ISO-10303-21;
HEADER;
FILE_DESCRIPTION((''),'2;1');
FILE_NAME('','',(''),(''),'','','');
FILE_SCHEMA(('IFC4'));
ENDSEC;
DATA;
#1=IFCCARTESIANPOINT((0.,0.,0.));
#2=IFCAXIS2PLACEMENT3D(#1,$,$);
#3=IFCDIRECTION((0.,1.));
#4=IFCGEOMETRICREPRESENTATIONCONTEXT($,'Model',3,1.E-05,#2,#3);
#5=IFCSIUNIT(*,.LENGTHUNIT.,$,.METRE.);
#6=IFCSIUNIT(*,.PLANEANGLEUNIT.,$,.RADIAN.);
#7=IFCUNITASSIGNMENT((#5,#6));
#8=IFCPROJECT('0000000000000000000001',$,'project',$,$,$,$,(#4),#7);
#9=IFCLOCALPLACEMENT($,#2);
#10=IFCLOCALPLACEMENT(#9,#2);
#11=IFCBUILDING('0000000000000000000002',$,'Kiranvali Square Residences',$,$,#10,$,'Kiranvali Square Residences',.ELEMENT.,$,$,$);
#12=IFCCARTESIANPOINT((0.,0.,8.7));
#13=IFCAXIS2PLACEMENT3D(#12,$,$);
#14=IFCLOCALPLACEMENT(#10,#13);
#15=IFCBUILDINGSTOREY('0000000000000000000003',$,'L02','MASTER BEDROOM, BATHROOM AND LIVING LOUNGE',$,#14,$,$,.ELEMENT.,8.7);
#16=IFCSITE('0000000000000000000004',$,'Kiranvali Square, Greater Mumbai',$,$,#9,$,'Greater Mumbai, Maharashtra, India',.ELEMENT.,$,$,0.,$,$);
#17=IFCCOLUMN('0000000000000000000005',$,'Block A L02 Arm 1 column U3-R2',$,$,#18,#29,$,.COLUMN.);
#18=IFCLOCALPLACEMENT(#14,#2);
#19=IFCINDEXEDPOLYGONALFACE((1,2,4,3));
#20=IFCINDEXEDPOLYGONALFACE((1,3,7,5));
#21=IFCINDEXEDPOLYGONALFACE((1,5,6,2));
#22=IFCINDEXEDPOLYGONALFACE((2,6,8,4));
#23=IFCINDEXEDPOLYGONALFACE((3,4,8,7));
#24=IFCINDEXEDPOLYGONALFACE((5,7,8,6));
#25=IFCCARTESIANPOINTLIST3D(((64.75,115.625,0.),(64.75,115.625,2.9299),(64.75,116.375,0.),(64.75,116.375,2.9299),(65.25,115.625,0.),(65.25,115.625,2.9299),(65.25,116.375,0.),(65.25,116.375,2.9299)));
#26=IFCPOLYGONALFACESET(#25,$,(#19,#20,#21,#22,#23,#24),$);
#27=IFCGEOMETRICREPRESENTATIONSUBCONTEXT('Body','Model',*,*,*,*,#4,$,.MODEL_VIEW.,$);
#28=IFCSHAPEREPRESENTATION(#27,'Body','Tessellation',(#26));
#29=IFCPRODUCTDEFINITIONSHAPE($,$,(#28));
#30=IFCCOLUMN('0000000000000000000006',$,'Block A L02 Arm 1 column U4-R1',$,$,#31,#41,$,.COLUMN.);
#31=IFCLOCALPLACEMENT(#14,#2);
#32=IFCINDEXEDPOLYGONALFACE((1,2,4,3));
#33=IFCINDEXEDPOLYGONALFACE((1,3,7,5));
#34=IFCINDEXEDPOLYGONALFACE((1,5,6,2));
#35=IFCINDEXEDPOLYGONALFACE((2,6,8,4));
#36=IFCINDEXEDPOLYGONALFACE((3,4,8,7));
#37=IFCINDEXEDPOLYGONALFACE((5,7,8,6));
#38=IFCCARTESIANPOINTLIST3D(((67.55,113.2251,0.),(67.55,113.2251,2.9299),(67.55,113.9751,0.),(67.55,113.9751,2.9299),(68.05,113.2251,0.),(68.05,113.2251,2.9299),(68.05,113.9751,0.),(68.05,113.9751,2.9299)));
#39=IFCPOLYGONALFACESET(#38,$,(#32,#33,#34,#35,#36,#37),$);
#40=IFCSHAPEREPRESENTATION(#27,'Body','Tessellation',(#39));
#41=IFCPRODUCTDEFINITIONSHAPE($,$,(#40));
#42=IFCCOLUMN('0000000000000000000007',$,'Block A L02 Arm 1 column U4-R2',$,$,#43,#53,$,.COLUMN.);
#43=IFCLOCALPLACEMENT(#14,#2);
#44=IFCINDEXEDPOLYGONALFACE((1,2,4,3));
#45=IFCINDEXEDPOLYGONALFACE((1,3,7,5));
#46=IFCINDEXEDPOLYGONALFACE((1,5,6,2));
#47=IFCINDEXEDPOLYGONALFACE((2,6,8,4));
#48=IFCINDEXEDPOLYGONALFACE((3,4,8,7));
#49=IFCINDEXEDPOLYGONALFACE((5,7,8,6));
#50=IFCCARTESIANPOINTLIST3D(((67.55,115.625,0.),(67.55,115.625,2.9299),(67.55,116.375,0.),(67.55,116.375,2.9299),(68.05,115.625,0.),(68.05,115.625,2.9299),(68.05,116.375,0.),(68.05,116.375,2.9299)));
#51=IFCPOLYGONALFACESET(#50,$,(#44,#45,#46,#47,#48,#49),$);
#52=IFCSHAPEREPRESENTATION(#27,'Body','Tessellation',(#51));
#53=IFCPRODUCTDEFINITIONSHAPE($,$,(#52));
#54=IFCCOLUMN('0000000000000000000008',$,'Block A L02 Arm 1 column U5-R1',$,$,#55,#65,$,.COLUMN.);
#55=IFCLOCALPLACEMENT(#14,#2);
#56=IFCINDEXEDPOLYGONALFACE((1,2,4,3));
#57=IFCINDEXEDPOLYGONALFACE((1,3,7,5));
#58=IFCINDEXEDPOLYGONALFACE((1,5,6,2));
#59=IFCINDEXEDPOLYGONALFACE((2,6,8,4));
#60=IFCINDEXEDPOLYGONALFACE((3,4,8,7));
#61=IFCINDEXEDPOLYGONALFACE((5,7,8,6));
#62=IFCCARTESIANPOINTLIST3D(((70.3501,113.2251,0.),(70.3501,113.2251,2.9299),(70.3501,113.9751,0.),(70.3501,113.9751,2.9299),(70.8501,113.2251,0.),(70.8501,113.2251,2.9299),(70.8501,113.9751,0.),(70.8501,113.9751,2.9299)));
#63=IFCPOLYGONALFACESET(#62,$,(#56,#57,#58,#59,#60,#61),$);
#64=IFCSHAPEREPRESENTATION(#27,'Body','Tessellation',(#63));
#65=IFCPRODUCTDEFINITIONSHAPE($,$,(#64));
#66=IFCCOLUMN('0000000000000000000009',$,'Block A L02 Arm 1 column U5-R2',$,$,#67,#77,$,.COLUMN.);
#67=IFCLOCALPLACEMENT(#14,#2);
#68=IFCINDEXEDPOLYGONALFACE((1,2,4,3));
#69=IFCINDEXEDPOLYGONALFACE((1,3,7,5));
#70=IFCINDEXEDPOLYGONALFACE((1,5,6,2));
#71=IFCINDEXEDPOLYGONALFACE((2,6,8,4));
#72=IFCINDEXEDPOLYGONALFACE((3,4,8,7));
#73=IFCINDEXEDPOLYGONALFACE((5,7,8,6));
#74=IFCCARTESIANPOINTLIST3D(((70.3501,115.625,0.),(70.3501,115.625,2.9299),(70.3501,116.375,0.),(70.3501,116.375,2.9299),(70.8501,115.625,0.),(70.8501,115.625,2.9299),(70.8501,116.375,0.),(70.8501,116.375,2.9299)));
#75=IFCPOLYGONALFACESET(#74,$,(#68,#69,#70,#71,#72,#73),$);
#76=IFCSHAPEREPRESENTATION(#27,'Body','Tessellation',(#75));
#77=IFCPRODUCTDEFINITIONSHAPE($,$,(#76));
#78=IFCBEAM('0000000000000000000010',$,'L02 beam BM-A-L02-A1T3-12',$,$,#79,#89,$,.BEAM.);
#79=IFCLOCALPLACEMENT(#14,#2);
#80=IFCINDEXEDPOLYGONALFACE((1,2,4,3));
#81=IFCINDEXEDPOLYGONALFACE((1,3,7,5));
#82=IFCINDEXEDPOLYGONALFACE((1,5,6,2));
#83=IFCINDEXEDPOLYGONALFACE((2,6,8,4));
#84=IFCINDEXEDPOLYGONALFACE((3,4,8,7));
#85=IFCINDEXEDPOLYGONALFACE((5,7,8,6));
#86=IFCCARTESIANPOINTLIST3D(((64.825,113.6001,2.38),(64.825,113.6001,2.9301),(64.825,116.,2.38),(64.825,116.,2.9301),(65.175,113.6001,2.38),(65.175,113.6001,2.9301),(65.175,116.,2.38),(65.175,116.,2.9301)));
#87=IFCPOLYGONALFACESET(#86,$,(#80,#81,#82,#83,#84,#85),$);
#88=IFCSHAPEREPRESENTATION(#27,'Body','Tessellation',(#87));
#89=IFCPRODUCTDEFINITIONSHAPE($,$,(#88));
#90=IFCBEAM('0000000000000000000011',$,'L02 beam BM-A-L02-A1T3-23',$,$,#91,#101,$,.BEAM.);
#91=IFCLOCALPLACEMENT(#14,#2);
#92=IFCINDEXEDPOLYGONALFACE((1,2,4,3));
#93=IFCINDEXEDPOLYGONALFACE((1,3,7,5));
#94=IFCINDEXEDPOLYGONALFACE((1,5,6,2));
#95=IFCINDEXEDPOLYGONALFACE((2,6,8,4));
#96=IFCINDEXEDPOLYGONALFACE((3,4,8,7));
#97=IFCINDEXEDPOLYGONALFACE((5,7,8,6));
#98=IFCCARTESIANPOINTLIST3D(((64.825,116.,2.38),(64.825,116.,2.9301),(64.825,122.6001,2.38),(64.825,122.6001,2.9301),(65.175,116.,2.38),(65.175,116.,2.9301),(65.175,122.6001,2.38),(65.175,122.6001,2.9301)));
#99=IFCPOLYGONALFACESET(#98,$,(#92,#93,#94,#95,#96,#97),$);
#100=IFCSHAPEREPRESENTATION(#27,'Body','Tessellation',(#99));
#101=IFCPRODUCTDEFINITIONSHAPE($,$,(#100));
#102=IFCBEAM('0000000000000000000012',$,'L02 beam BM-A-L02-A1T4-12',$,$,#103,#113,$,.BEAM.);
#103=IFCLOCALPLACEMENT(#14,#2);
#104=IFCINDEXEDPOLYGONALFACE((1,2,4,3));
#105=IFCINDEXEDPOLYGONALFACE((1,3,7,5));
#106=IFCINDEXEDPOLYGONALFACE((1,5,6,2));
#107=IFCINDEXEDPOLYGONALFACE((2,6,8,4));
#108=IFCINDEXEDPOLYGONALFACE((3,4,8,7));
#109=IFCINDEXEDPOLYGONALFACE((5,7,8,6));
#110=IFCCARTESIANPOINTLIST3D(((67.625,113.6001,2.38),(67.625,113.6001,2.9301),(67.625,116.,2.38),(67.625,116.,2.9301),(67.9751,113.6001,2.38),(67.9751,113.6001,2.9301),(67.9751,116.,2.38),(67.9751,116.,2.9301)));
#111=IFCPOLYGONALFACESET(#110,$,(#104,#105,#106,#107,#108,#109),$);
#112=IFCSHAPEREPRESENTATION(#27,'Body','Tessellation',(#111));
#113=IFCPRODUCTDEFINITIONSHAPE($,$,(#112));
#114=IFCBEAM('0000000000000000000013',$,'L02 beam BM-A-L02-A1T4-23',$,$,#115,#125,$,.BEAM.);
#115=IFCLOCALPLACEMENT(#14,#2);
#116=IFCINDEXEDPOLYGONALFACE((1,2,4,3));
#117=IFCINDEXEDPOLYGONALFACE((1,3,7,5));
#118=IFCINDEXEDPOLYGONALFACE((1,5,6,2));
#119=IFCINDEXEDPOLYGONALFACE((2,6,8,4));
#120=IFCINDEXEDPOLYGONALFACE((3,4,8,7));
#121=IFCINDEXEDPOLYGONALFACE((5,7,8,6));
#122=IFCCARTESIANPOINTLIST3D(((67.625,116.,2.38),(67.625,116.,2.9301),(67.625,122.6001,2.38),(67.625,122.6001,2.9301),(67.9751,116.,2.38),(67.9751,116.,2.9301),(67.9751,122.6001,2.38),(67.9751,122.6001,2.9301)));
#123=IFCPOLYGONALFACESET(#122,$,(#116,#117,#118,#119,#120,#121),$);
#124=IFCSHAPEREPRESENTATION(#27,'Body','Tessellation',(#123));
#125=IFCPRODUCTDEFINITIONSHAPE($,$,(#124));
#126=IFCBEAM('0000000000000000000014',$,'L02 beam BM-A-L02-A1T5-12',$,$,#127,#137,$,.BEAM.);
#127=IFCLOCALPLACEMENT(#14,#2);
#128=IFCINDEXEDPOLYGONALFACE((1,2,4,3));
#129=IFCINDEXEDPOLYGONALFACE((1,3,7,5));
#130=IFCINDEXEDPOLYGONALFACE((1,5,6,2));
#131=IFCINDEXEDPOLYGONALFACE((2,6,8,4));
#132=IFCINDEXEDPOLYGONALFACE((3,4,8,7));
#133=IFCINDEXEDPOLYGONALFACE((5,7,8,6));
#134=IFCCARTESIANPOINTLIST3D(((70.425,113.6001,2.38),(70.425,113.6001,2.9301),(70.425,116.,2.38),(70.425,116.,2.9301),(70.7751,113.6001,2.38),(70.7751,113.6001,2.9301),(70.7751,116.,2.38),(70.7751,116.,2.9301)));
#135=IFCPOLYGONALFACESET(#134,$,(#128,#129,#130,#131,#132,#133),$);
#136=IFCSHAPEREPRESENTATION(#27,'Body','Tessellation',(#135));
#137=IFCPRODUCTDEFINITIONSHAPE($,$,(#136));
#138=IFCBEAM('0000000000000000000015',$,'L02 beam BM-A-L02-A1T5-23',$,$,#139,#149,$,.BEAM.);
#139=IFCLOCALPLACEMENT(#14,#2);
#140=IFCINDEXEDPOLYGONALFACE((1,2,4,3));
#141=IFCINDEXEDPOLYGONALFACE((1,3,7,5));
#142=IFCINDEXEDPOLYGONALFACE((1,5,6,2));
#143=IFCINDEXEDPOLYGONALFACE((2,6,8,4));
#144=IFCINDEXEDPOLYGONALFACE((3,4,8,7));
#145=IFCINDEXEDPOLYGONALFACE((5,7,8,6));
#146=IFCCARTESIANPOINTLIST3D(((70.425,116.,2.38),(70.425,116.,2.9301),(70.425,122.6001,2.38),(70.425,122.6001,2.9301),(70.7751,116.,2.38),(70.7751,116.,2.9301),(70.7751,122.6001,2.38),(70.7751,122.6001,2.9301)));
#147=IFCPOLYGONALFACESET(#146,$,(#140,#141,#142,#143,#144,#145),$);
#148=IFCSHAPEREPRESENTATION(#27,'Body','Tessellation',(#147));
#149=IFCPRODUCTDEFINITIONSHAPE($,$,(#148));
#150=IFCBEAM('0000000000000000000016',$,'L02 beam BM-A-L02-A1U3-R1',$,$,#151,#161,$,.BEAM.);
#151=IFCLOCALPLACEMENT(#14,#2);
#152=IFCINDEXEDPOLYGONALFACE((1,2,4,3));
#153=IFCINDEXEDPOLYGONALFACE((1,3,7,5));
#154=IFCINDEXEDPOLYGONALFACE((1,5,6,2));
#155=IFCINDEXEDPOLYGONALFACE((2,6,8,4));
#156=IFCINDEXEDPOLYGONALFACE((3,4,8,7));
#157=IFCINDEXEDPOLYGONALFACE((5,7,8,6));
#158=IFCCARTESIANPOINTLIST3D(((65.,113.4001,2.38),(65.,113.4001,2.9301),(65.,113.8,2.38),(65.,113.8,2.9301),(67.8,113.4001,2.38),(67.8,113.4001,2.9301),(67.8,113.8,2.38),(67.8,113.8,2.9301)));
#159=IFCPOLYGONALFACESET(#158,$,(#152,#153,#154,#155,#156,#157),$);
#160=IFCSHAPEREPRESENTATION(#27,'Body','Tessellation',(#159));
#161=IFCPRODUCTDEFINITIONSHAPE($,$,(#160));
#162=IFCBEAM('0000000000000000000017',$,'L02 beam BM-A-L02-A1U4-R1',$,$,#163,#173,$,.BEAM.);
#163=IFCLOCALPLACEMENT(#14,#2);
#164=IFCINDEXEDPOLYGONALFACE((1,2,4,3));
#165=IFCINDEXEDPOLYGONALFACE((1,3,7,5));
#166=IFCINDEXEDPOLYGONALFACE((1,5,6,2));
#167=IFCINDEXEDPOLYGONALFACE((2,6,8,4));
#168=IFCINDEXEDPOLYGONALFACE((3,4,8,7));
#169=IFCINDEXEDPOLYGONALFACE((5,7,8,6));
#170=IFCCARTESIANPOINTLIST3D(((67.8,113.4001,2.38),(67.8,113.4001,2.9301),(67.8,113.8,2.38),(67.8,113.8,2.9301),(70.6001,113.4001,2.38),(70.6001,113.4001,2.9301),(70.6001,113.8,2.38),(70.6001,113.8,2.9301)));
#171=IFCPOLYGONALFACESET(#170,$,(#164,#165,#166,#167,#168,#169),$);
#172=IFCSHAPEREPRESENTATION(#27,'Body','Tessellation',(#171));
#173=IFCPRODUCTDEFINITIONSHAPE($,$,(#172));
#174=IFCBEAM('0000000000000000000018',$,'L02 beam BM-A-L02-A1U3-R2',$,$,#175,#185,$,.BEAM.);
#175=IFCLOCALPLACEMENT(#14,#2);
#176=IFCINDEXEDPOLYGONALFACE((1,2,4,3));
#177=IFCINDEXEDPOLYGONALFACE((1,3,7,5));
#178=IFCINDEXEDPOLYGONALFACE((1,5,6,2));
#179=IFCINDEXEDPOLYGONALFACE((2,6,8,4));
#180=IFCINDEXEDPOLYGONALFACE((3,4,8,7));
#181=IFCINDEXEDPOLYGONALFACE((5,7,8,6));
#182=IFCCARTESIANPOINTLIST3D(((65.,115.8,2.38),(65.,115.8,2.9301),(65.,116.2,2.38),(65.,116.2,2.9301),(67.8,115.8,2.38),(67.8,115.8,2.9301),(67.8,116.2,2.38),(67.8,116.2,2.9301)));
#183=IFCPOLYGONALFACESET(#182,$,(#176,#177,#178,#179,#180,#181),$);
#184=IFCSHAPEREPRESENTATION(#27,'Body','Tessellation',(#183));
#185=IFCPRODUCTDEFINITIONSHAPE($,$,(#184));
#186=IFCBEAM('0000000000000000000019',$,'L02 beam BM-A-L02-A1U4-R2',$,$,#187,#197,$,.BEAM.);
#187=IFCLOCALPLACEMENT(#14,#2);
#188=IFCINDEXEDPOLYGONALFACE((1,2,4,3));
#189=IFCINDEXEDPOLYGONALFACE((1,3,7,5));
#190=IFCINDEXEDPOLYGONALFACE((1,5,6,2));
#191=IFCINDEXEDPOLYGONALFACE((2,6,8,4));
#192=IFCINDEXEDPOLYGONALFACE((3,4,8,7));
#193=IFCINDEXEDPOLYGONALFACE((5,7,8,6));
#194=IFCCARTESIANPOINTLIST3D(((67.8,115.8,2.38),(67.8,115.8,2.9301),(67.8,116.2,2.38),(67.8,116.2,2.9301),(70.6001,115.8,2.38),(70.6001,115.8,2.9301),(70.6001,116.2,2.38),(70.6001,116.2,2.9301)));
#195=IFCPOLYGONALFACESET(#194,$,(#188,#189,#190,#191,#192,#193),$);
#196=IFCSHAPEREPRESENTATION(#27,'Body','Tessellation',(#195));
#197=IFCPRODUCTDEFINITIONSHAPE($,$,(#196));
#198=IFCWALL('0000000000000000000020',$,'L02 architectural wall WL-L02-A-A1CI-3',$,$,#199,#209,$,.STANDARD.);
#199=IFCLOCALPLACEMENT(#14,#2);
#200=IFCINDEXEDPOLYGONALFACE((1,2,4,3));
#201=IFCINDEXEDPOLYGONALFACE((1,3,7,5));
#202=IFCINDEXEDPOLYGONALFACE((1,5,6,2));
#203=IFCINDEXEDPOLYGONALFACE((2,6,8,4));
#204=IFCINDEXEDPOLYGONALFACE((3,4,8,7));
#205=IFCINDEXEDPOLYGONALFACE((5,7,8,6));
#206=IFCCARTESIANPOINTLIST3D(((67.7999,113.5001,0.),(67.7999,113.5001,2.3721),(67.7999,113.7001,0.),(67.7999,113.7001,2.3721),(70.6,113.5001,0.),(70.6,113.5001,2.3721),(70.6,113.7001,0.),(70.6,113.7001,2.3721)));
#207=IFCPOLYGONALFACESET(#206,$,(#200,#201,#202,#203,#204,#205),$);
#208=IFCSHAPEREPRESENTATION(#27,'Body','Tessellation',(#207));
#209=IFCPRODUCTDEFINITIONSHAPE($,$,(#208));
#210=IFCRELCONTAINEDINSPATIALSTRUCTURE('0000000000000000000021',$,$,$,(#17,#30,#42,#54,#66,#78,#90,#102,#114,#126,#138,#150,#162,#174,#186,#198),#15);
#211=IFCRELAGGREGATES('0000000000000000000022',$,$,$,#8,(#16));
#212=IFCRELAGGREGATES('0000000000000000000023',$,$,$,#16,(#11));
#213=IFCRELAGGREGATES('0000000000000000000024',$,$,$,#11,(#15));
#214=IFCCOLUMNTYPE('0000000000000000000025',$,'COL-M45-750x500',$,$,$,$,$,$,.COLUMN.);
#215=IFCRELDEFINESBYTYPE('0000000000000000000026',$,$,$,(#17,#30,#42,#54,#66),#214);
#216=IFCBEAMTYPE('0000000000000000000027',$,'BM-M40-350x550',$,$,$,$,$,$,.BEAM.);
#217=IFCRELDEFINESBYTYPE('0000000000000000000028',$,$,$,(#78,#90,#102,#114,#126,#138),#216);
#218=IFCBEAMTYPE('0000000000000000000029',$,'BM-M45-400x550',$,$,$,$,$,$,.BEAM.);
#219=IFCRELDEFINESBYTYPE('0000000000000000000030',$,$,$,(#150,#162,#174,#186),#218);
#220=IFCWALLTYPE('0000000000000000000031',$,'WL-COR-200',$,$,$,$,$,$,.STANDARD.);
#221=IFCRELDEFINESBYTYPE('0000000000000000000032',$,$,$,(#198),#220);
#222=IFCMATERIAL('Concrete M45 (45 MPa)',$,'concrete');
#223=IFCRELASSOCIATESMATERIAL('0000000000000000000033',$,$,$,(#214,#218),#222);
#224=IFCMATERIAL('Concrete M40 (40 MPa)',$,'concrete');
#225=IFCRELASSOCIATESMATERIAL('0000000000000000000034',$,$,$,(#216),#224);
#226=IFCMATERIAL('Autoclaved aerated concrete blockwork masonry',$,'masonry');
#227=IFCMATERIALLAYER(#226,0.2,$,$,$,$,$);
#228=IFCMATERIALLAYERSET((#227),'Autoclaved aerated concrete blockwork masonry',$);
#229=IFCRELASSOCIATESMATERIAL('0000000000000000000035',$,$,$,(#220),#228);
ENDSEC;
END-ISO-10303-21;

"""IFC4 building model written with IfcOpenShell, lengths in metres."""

from ifc_helpers import new_model, si_unit, direction, frame, frame_2d, origin, origin_2d, place, context, subcontext, project, spatial, rectangle, extrude, material, layer, layer_set, material_profile, profile_set, type_object, element, save


model = new_model("IFC4")

# Units and contexts
model_context = context("Model", 3, precision=1e-05, world=origin(), true_north=direction((0.0, 1.0)))
body_context = subcontext(model_context, "Body", "Model", "MODEL_VIEW")
ifc_project = project(units=[si_unit("LENGTHUNIT", "METRE"), si_unit("PLANEANGLEUNIT", "RADIAN")], contexts=[model_context])

# Site, building, storey
site_placement = place(None, origin())
site = spatial("IfcSite", under=ifc_project, at=site_placement, Name="Kiranvali Square, Greater Mumbai", LongName="Greater Mumbai, Maharashtra, India", CompositionType="ELEMENT", RefElevation=0.0)
building_placement = place(site_placement, origin())
building = spatial("IfcBuilding", under=site, at=building_placement, Name="Kiranvali Square Residences", LongName="Kiranvali Square Residences", CompositionType="ELEMENT")
storey_placement = place(building_placement, frame((0.0, 0.0, 8.7)))
storey = spatial("IfcBuildingStorey", under=building, at=storey_placement, Name="L02", Description="MASTER BEDROOM, BATHROOM AND LIVING LOUNGE", CompositionType="ELEMENT", Elevation=8.7)

# Columns
ifc_material_1 = material(Name="Concrete M45 (45 MPa)", Category="concrete")
ifc_material_profile_1 = material_profile(ifc_material_1, rectangle(XDim=0.5, YDim=0.75, at=origin_2d()), Name="RC 750x500")
ifc_profile_set_1 = profile_set([ifc_material_profile_1], Name="Concrete M45 (45 MPa)")
column_type = type_object("IfcColumnType", Name="COL-M45-750x500", PredefinedType="COLUMN", material=ifc_profile_set_1)
for number, where, z_axis, x_axis, name in (
    (1, (65.0, 116.0, 0.0), (0.0, 0.0, 1.0), (1.0, 0.0, 0.0), "Block A L02 Arm 1 column U3-R2"),
    (2, (67.8, 113.6001, 0.0), (0.0, 0.0, 1.0), (1.0, 0.0, 0.0), "Block A L02 Arm 1 column U4-R1"),
    (3, (67.8, 116.0, 0.0), (0.0, 0.0, 1.0), (1.0, 0.0, 0.0), "Block A L02 Arm 1 column U4-R2"),
    (4, (70.6001, 113.6001, 0.0), (0.0, 0.0, 1.0), (1.0, 0.0, 0.0), "Block A L02 Arm 1 column U5-R1"),
    (5, (70.6001, 116.0, 0.0), (0.0, 0.0, 1.0), (1.0, 0.0, 0.0), "Block A L02 Arm 1 column U5-R2"),
):
    element("IfcColumn", number, at=place(storey_placement, frame(where, z_axis=z_axis, x_axis=x_axis)), inside=storey, type_object=column_type, Name=name, PredefinedType="COLUMN", context=body_context, shape_type="SweptSolid", body=[
        extrude(rectangle(XDim=0.5, YDim=0.75, at=origin_2d()), origin(), (0.0, 0.0, 1.0), 2.9299),
    ])

# Beams
ifc_material_2 = material(Name="Concrete M40 (40 MPa)", Category="concrete")
ifc_material_profile_2 = material_profile(ifc_material_2, rectangle(XDim=0.3501, YDim=0.55, at=origin_2d()), Name="RC 350x550")
ifc_profile_set_2 = profile_set([ifc_material_profile_2], Name="Concrete M40 (40 MPa)")
beam_type_1 = type_object("IfcBeamType", Name="BM-M40-350x550", PredefinedType="BEAM", material=ifc_profile_set_2)
beam_1_placement = place(storey_placement, frame((65.0, 113.6001, 2.655), z_axis=(0.0, 1.0, 0.0), x_axis=(-1.0, 0.0, 0.0)))
element("IfcBeam", 6, at=beam_1_placement, inside=storey, type_object=beam_type_1, Name="L02 beam BM-A-L02-A1T3-12", PredefinedType="BEAM", context=body_context, shape_type="SweptSolid", body=[
    extrude(rectangle(XDim=0.3501, YDim=0.55, at=origin_2d()), origin(), (0.0, 0.0, 1.0), 2.3999),
])
beam_2_placement = place(storey_placement, frame((65.0, 116.0, 2.655), z_axis=(0.0, 1.0, 0.0), x_axis=(-1.0, 0.0, 0.0)))
element("IfcBeam", 7, at=beam_2_placement, inside=storey, type_object=beam_type_1, Name="L02 beam BM-A-L02-A1T3-23", PredefinedType="BEAM", context=body_context, shape_type="SweptSolid", body=[
    extrude(rectangle(XDim=0.3501, YDim=0.55, at=origin_2d()), origin(), (0.0, 0.0, 1.0), 6.6001),
])
beam_3_placement = place(storey_placement, frame((67.8, 113.6001, 2.655), z_axis=(0.0, 1.0, 0.0), x_axis=(-1.0, 0.0, 0.0)))
element("IfcBeam", 8, at=beam_3_placement, inside=storey, type_object=beam_type_1, Name="L02 beam BM-A-L02-A1T4-12", PredefinedType="BEAM", context=body_context, shape_type="SweptSolid", body=[
    extrude(rectangle(XDim=0.3501, YDim=0.55, at=origin_2d()), origin(), (0.0, 0.0, 1.0), 2.3999),
])
beam_4_placement = place(storey_placement, frame((67.8, 116.0, 2.655), z_axis=(0.0, 1.0, 0.0), x_axis=(-1.0, 0.0, 0.0)))
element("IfcBeam", 9, at=beam_4_placement, inside=storey, type_object=beam_type_1, Name="L02 beam BM-A-L02-A1T4-23", PredefinedType="BEAM", context=body_context, shape_type="SweptSolid", body=[
    extrude(rectangle(XDim=0.3501, YDim=0.55, at=origin_2d()), origin(), (0.0, 0.0, 1.0), 6.6001),
])
beam_5_placement = place(storey_placement, frame((70.6001, 113.6001, 2.655), z_axis=(0.0, 1.0, 0.0), x_axis=(-1.0, 0.0, 0.0)))
element("IfcBeam", 10, at=beam_5_placement, inside=storey, type_object=beam_type_1, Name="L02 beam BM-A-L02-A1T5-12", PredefinedType="BEAM", context=body_context, shape_type="SweptSolid", body=[
    extrude(rectangle(XDim=0.3501, YDim=0.55, at=origin_2d()), origin(), (0.0, 0.0, 1.0), 2.3999),
])
beam_6_placement = place(storey_placement, frame((70.6001, 116.0, 2.655), z_axis=(0.0, 1.0, 0.0), x_axis=(-1.0, 0.0, 0.0)))
element("IfcBeam", 11, at=beam_6_placement, inside=storey, type_object=beam_type_1, Name="L02 beam BM-A-L02-A1T5-23", PredefinedType="BEAM", context=body_context, shape_type="SweptSolid", body=[
    extrude(rectangle(XDim=0.3501, YDim=0.55, at=origin_2d()), origin(), (0.0, 0.0, 1.0), 6.6001),
])
ifc_material_profile_3 = material_profile(ifc_material_1, rectangle(XDim=0.3999, YDim=0.55, at=origin_2d()), Name="RC 400x550")
ifc_profile_set_3 = profile_set([ifc_material_profile_3], Name="Concrete M45 (45 MPa)")
beam_type_2 = type_object("IfcBeamType", Name="BM-M45-400x550", PredefinedType="BEAM", material=ifc_profile_set_3)
for number, where, z_axis, x_axis, name in (
    (12, (65.0, 113.6001, 2.655), (1.0, 0.0, 0.0), (0.0, 1.0, 0.0), "L02 beam BM-A-L02-A1U3-R1"),
    (13, (67.8, 113.6001, 2.655), (1.0, 0.0, 0.0), (0.0, 1.0, 0.0), "L02 beam BM-A-L02-A1U4-R1"),
    (14, (65.0, 116.0, 2.655), (1.0, 0.0, 0.0), (0.0, 1.0, 0.0), "L02 beam BM-A-L02-A1U3-R2"),
    (15, (67.8, 116.0, 2.655), (1.0, 0.0, 0.0), (0.0, 1.0, 0.0), "L02 beam BM-A-L02-A1U4-R2"),
):
    element("IfcBeam", number, at=place(storey_placement, frame(where, z_axis=z_axis, x_axis=x_axis)), inside=storey, type_object=beam_type_2, Name=name, PredefinedType="BEAM", context=body_context, shape_type="SweptSolid", body=[
        extrude(rectangle(XDim=0.3999, YDim=0.55, at=origin_2d()), origin(), (0.0, 0.0, 1.0), 2.8),
    ])

# Shared definitions
ifc_material_3 = material(Name="Autoclaved aerated concrete blockwork masonry", Category="masonry")
ifc_layer_1 = layer(ifc_material_3, 0.2)
ifc_layer_set_1 = layer_set([ifc_layer_1], Name="Autoclaved aerated concrete blockwork masonry")
wall_type_1 = type_object("IfcWallType", Name="WL-COR-200", PredefinedType="STANDARD", material=ifc_layer_set_1)

# Wall
for number, where, z_axis, x_axis, name in (
    (16, (67.8, 113.6001, 0.0), (0.0, 0.0, 1.0), (1.0, 0.0, 0.0), "L02 architectural wall WL-L02-A-A1CI-3"),
):
    element("IfcWall", number, at=place(storey_placement, frame(where, z_axis=z_axis, x_axis=x_axis)), inside=storey, type_object=wall_type_1, Name=name, PredefinedType="STANDARD", context=body_context, shape_type="SweptSolid", body=[
        extrude(rectangle(XDim=2.8, YDim=0.2, at=frame_2d((1.3999, 0.0))), origin(), (0.0, 0.0, 1.0), 2.3721),
    ])

save(model, "model.ifc")
